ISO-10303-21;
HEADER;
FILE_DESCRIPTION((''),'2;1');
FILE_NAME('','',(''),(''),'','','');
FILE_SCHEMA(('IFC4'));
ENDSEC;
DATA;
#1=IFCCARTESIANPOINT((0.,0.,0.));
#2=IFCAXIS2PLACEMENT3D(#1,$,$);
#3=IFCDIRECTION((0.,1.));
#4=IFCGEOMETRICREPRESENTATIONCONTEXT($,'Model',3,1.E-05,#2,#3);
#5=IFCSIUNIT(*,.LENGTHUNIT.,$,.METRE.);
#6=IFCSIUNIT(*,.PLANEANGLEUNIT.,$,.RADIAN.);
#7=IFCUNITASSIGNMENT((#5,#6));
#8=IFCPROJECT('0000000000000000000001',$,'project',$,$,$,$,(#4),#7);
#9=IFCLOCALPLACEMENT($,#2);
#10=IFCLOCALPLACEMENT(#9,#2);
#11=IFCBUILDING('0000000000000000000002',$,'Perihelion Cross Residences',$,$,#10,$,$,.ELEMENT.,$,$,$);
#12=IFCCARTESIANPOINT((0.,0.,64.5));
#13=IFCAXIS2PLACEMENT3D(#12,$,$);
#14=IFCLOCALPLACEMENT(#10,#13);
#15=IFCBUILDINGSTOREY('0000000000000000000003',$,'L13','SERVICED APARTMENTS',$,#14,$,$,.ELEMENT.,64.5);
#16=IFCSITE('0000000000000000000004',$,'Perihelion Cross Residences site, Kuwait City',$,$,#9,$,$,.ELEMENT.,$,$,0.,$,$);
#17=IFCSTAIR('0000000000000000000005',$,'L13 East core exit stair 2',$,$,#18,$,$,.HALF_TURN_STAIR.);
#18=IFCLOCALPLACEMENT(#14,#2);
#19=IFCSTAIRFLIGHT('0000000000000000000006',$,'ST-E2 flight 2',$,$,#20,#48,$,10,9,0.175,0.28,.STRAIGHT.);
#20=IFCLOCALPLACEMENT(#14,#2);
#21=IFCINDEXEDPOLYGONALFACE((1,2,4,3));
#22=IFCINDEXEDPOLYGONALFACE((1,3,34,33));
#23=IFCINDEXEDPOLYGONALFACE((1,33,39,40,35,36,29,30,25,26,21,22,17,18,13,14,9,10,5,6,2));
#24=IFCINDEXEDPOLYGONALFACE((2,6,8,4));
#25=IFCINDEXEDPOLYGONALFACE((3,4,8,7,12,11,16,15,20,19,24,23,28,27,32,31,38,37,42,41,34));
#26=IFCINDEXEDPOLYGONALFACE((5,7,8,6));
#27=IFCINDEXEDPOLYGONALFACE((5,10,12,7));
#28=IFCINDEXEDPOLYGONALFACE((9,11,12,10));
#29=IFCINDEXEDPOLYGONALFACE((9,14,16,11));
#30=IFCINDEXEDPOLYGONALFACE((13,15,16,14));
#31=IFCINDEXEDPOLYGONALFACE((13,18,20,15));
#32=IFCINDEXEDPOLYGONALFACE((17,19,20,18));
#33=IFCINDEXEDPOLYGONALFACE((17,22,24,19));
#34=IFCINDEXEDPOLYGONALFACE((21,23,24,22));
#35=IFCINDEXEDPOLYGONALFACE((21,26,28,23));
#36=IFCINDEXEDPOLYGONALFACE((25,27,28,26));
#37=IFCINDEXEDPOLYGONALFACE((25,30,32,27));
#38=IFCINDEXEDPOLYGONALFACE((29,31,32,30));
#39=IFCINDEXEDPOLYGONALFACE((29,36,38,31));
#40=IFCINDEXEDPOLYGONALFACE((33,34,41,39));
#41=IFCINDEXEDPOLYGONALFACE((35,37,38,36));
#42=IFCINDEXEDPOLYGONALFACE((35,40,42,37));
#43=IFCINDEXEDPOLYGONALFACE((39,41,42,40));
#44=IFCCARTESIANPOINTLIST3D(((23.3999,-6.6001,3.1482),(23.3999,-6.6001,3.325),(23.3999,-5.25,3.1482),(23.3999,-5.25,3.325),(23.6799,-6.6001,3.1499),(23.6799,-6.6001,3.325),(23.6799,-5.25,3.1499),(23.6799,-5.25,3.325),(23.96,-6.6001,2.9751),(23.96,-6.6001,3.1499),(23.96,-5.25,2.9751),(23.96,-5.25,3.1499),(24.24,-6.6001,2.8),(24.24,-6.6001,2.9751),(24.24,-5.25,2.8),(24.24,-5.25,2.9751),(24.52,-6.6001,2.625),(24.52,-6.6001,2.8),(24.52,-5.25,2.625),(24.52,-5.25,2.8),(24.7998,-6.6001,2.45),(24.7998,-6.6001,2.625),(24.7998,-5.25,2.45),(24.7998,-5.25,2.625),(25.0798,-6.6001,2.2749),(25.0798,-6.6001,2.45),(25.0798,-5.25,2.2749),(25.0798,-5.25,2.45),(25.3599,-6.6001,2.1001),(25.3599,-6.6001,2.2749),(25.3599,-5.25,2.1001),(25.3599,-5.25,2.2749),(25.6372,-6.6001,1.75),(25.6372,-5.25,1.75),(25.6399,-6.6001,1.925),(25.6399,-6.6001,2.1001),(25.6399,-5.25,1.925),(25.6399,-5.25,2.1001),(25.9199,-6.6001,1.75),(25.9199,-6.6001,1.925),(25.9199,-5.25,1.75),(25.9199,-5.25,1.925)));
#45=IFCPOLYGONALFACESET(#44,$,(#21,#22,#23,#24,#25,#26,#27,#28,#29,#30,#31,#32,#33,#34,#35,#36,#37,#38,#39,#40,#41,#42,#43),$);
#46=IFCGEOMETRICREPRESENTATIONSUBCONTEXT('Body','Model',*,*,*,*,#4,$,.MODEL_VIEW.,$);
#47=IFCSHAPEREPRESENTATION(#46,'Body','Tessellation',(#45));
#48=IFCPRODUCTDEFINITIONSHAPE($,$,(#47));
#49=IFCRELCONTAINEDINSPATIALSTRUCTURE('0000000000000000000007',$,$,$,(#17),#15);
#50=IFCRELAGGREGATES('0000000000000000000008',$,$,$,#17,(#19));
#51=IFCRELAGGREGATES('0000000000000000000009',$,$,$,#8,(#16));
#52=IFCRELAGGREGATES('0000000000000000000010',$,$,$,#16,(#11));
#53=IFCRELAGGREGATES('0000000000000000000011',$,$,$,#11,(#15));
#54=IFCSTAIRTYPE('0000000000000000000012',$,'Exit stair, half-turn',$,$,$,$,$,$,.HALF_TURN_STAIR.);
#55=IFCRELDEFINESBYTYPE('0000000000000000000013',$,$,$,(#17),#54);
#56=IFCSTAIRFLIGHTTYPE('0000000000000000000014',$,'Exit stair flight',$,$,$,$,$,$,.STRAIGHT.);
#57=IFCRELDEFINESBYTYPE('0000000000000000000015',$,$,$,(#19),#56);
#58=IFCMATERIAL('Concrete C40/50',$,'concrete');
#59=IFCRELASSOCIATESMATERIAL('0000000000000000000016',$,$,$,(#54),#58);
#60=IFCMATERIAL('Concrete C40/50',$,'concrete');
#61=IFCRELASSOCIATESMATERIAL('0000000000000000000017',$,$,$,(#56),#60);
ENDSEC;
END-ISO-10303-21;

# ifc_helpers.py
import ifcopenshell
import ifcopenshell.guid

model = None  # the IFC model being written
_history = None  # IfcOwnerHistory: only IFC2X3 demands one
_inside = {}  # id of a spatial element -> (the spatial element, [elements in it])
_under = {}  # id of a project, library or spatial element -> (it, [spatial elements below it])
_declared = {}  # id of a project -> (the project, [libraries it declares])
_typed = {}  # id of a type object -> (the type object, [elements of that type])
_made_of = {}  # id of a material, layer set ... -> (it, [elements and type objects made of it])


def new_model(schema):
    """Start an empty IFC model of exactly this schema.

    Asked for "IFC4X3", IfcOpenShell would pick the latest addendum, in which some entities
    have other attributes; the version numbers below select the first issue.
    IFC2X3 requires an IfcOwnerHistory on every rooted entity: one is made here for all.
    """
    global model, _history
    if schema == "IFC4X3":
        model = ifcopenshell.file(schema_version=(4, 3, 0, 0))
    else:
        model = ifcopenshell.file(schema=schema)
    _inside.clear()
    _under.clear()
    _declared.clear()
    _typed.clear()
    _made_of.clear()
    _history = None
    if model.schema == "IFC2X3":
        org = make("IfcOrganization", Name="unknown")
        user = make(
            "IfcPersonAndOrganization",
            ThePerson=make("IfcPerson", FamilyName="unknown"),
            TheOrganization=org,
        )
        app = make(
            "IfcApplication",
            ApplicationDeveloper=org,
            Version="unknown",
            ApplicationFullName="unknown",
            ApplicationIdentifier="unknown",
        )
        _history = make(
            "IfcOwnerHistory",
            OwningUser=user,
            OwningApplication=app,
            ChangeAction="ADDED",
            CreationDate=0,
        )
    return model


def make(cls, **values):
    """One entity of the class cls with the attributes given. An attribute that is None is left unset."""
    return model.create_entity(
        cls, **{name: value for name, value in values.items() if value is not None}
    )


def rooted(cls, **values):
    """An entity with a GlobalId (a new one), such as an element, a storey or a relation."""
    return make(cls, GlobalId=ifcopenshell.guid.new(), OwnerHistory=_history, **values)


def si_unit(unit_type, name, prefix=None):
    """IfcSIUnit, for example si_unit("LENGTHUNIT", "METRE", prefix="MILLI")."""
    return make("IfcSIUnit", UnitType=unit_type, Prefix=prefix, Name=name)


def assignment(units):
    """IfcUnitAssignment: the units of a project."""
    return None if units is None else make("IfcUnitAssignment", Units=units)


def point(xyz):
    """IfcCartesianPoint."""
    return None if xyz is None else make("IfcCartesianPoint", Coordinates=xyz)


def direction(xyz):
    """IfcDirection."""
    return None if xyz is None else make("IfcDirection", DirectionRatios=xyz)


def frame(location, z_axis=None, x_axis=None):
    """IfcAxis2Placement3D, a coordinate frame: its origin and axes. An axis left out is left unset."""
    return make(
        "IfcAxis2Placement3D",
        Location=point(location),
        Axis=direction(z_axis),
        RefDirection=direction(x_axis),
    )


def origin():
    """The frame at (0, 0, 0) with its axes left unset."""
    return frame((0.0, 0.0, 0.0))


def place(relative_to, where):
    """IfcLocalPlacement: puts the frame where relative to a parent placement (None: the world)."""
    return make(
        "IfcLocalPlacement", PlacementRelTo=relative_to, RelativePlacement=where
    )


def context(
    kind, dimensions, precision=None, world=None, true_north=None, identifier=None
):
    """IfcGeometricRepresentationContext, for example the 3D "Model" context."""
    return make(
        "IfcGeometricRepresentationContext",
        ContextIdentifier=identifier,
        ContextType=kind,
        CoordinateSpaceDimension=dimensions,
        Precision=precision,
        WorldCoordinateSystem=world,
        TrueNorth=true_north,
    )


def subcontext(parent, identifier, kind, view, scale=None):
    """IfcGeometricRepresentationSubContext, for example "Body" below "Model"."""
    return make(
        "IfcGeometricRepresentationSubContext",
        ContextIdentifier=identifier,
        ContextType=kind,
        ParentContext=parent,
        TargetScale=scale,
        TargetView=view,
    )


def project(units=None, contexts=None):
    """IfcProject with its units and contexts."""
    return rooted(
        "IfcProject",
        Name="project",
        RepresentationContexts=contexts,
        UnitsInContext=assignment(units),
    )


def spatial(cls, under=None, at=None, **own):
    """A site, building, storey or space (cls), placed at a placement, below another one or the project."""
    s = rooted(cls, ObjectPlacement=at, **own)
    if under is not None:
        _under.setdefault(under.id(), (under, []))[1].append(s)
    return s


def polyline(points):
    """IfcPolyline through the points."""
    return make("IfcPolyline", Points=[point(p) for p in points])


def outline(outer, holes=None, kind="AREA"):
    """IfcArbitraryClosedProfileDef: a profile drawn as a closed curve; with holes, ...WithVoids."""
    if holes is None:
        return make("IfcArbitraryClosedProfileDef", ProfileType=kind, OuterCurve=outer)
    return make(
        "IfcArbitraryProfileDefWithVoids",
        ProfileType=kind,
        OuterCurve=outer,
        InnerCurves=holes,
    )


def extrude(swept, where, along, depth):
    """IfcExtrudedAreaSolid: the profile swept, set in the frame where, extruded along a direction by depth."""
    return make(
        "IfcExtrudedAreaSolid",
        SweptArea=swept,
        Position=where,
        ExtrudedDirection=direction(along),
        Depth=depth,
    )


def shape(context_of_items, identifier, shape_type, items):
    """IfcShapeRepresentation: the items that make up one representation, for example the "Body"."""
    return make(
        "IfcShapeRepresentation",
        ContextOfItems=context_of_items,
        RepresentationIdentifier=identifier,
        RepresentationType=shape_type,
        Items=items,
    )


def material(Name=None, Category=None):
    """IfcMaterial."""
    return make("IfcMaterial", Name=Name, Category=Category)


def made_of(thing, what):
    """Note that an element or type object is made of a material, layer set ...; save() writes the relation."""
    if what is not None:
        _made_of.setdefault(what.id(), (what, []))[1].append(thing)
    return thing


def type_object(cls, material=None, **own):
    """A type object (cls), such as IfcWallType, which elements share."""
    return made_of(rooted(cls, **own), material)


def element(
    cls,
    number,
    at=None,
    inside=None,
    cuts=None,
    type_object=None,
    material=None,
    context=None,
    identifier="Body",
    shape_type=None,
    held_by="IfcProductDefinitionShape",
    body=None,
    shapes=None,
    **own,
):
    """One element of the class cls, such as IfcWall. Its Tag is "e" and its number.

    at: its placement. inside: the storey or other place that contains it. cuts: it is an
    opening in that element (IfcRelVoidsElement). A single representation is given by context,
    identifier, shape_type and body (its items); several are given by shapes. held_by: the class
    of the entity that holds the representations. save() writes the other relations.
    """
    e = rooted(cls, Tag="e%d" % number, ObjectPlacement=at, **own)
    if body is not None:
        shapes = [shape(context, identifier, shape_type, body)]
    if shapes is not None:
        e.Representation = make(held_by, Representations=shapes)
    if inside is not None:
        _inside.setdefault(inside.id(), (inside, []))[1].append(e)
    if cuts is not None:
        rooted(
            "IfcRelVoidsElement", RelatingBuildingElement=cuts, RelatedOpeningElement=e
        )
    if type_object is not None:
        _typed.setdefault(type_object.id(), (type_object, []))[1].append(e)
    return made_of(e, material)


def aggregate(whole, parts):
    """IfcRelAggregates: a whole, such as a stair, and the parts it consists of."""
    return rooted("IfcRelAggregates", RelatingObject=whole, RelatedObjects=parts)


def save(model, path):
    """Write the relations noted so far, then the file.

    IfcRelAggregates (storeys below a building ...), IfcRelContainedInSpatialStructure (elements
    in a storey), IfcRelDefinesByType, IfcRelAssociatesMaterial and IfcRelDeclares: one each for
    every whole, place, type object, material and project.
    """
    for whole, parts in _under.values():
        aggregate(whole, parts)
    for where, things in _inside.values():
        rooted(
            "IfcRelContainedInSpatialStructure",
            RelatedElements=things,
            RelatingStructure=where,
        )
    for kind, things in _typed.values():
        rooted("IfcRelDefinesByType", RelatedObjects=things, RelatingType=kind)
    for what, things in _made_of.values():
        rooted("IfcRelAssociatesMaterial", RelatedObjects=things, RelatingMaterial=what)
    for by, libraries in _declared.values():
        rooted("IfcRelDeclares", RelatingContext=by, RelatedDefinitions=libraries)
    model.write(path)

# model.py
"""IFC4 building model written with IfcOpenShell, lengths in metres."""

from ifc_helpers import new_model, si_unit, direction, frame, origin, place, context, subcontext, project, spatial, polyline, outline, extrude, material, type_object, element, aggregate, save


model = new_model("IFC4")

# Units and contexts
model_context = context("Model", 3, precision=1e-05, world=origin(), true_north=direction((0.0, 1.0)))
body_context = subcontext(model_context, "Body", "Model", "MODEL_VIEW")
ifc_project = project(units=[si_unit("LENGTHUNIT", "METRE"), si_unit("PLANEANGLEUNIT", "RADIAN")], contexts=[model_context])

# Site, building, storey
site_placement = place(None, origin())
site = spatial("IfcSite", under=ifc_project, at=site_placement, Name="Perihelion Cross Residences site, Kuwait City", CompositionType="ELEMENT", RefElevation=0.0)
building_placement = place(site_placement, origin())
building = spatial("IfcBuilding", under=site, at=building_placement, Name="Perihelion Cross Residences", CompositionType="ELEMENT")
storey_placement = place(building_placement, frame((0.0, 0.0, 64.5)))
storey = spatial("IfcBuildingStorey", under=building, at=storey_placement, Name="L13", Description="SERVICED APARTMENTS", CompositionType="ELEMENT", Elevation=64.5)

# Stair, stair flight
ifc_material_1 = material(Name="Concrete C40/50", Category="concrete")
stair_type = type_object("IfcStairType", Name="Exit stair, half-turn", PredefinedType="HALF_TURN_STAIR", material=ifc_material_1)
stair_placement = place(storey_placement, origin())
stair = element("IfcStair", 1, at=stair_placement, inside=storey, type_object=stair_type, Name="L13 East core exit stair 2", PredefinedType="HALF_TURN_STAIR")
ifc_material_2 = material(Name="Concrete C40/50", Category="concrete")
stair_flight_type = type_object("IfcStairFlightType", Name="Exit stair flight", PredefinedType="STRAIGHT", material=ifc_material_2)
stair_flight_placement = place(storey_placement, frame((25.9199, -5.925, 1.75), z_axis=(0.0, 0.0, 1.0), x_axis=(-1.0, 0.0, 0.0)))
stair_flight = element("IfcStairFlight", 2, at=stair_flight_placement, type_object=stair_flight_type, Name="ST-E2 flight 2", NumberOfRisers=10, NumberOfTreads=9, PredefinedType="STRAIGHT", RiserHeight=0.175, TreadLength=0.28, context=body_context, shape_type="SweptSolid", body=[
    extrude(outline(polyline([(0.0, 0.0), (0.0, 0.175), (0.28, 0.175), (0.28, 0.3501), (0.5601, 0.3501), (0.5601, 0.5249), (0.8401, 0.5249), (0.8401, 0.7), (1.1201, 0.7), (1.1201, 0.875), (1.3999, 0.875), (1.3999, 1.05), (1.6799, 1.05), (1.6799, 1.2251), (1.96, 1.2251), (1.96, 1.3999), (2.24, 1.3999), (2.24, 1.575), (2.52, 1.575), (2.52, 1.75), (2.52, 1.3982), (0.2827, 0.0), (0.0, 0.0)])), frame((0.0, 0.675, 0.0), z_axis=(0.0, -1.0, 0.0), x_axis=(1.0, 0.0, 0.0)), (0.0, 0.0, 1.0), 1.3501),
])
aggregate(stair, [stair_flight])

save(model, "model.ifc")
